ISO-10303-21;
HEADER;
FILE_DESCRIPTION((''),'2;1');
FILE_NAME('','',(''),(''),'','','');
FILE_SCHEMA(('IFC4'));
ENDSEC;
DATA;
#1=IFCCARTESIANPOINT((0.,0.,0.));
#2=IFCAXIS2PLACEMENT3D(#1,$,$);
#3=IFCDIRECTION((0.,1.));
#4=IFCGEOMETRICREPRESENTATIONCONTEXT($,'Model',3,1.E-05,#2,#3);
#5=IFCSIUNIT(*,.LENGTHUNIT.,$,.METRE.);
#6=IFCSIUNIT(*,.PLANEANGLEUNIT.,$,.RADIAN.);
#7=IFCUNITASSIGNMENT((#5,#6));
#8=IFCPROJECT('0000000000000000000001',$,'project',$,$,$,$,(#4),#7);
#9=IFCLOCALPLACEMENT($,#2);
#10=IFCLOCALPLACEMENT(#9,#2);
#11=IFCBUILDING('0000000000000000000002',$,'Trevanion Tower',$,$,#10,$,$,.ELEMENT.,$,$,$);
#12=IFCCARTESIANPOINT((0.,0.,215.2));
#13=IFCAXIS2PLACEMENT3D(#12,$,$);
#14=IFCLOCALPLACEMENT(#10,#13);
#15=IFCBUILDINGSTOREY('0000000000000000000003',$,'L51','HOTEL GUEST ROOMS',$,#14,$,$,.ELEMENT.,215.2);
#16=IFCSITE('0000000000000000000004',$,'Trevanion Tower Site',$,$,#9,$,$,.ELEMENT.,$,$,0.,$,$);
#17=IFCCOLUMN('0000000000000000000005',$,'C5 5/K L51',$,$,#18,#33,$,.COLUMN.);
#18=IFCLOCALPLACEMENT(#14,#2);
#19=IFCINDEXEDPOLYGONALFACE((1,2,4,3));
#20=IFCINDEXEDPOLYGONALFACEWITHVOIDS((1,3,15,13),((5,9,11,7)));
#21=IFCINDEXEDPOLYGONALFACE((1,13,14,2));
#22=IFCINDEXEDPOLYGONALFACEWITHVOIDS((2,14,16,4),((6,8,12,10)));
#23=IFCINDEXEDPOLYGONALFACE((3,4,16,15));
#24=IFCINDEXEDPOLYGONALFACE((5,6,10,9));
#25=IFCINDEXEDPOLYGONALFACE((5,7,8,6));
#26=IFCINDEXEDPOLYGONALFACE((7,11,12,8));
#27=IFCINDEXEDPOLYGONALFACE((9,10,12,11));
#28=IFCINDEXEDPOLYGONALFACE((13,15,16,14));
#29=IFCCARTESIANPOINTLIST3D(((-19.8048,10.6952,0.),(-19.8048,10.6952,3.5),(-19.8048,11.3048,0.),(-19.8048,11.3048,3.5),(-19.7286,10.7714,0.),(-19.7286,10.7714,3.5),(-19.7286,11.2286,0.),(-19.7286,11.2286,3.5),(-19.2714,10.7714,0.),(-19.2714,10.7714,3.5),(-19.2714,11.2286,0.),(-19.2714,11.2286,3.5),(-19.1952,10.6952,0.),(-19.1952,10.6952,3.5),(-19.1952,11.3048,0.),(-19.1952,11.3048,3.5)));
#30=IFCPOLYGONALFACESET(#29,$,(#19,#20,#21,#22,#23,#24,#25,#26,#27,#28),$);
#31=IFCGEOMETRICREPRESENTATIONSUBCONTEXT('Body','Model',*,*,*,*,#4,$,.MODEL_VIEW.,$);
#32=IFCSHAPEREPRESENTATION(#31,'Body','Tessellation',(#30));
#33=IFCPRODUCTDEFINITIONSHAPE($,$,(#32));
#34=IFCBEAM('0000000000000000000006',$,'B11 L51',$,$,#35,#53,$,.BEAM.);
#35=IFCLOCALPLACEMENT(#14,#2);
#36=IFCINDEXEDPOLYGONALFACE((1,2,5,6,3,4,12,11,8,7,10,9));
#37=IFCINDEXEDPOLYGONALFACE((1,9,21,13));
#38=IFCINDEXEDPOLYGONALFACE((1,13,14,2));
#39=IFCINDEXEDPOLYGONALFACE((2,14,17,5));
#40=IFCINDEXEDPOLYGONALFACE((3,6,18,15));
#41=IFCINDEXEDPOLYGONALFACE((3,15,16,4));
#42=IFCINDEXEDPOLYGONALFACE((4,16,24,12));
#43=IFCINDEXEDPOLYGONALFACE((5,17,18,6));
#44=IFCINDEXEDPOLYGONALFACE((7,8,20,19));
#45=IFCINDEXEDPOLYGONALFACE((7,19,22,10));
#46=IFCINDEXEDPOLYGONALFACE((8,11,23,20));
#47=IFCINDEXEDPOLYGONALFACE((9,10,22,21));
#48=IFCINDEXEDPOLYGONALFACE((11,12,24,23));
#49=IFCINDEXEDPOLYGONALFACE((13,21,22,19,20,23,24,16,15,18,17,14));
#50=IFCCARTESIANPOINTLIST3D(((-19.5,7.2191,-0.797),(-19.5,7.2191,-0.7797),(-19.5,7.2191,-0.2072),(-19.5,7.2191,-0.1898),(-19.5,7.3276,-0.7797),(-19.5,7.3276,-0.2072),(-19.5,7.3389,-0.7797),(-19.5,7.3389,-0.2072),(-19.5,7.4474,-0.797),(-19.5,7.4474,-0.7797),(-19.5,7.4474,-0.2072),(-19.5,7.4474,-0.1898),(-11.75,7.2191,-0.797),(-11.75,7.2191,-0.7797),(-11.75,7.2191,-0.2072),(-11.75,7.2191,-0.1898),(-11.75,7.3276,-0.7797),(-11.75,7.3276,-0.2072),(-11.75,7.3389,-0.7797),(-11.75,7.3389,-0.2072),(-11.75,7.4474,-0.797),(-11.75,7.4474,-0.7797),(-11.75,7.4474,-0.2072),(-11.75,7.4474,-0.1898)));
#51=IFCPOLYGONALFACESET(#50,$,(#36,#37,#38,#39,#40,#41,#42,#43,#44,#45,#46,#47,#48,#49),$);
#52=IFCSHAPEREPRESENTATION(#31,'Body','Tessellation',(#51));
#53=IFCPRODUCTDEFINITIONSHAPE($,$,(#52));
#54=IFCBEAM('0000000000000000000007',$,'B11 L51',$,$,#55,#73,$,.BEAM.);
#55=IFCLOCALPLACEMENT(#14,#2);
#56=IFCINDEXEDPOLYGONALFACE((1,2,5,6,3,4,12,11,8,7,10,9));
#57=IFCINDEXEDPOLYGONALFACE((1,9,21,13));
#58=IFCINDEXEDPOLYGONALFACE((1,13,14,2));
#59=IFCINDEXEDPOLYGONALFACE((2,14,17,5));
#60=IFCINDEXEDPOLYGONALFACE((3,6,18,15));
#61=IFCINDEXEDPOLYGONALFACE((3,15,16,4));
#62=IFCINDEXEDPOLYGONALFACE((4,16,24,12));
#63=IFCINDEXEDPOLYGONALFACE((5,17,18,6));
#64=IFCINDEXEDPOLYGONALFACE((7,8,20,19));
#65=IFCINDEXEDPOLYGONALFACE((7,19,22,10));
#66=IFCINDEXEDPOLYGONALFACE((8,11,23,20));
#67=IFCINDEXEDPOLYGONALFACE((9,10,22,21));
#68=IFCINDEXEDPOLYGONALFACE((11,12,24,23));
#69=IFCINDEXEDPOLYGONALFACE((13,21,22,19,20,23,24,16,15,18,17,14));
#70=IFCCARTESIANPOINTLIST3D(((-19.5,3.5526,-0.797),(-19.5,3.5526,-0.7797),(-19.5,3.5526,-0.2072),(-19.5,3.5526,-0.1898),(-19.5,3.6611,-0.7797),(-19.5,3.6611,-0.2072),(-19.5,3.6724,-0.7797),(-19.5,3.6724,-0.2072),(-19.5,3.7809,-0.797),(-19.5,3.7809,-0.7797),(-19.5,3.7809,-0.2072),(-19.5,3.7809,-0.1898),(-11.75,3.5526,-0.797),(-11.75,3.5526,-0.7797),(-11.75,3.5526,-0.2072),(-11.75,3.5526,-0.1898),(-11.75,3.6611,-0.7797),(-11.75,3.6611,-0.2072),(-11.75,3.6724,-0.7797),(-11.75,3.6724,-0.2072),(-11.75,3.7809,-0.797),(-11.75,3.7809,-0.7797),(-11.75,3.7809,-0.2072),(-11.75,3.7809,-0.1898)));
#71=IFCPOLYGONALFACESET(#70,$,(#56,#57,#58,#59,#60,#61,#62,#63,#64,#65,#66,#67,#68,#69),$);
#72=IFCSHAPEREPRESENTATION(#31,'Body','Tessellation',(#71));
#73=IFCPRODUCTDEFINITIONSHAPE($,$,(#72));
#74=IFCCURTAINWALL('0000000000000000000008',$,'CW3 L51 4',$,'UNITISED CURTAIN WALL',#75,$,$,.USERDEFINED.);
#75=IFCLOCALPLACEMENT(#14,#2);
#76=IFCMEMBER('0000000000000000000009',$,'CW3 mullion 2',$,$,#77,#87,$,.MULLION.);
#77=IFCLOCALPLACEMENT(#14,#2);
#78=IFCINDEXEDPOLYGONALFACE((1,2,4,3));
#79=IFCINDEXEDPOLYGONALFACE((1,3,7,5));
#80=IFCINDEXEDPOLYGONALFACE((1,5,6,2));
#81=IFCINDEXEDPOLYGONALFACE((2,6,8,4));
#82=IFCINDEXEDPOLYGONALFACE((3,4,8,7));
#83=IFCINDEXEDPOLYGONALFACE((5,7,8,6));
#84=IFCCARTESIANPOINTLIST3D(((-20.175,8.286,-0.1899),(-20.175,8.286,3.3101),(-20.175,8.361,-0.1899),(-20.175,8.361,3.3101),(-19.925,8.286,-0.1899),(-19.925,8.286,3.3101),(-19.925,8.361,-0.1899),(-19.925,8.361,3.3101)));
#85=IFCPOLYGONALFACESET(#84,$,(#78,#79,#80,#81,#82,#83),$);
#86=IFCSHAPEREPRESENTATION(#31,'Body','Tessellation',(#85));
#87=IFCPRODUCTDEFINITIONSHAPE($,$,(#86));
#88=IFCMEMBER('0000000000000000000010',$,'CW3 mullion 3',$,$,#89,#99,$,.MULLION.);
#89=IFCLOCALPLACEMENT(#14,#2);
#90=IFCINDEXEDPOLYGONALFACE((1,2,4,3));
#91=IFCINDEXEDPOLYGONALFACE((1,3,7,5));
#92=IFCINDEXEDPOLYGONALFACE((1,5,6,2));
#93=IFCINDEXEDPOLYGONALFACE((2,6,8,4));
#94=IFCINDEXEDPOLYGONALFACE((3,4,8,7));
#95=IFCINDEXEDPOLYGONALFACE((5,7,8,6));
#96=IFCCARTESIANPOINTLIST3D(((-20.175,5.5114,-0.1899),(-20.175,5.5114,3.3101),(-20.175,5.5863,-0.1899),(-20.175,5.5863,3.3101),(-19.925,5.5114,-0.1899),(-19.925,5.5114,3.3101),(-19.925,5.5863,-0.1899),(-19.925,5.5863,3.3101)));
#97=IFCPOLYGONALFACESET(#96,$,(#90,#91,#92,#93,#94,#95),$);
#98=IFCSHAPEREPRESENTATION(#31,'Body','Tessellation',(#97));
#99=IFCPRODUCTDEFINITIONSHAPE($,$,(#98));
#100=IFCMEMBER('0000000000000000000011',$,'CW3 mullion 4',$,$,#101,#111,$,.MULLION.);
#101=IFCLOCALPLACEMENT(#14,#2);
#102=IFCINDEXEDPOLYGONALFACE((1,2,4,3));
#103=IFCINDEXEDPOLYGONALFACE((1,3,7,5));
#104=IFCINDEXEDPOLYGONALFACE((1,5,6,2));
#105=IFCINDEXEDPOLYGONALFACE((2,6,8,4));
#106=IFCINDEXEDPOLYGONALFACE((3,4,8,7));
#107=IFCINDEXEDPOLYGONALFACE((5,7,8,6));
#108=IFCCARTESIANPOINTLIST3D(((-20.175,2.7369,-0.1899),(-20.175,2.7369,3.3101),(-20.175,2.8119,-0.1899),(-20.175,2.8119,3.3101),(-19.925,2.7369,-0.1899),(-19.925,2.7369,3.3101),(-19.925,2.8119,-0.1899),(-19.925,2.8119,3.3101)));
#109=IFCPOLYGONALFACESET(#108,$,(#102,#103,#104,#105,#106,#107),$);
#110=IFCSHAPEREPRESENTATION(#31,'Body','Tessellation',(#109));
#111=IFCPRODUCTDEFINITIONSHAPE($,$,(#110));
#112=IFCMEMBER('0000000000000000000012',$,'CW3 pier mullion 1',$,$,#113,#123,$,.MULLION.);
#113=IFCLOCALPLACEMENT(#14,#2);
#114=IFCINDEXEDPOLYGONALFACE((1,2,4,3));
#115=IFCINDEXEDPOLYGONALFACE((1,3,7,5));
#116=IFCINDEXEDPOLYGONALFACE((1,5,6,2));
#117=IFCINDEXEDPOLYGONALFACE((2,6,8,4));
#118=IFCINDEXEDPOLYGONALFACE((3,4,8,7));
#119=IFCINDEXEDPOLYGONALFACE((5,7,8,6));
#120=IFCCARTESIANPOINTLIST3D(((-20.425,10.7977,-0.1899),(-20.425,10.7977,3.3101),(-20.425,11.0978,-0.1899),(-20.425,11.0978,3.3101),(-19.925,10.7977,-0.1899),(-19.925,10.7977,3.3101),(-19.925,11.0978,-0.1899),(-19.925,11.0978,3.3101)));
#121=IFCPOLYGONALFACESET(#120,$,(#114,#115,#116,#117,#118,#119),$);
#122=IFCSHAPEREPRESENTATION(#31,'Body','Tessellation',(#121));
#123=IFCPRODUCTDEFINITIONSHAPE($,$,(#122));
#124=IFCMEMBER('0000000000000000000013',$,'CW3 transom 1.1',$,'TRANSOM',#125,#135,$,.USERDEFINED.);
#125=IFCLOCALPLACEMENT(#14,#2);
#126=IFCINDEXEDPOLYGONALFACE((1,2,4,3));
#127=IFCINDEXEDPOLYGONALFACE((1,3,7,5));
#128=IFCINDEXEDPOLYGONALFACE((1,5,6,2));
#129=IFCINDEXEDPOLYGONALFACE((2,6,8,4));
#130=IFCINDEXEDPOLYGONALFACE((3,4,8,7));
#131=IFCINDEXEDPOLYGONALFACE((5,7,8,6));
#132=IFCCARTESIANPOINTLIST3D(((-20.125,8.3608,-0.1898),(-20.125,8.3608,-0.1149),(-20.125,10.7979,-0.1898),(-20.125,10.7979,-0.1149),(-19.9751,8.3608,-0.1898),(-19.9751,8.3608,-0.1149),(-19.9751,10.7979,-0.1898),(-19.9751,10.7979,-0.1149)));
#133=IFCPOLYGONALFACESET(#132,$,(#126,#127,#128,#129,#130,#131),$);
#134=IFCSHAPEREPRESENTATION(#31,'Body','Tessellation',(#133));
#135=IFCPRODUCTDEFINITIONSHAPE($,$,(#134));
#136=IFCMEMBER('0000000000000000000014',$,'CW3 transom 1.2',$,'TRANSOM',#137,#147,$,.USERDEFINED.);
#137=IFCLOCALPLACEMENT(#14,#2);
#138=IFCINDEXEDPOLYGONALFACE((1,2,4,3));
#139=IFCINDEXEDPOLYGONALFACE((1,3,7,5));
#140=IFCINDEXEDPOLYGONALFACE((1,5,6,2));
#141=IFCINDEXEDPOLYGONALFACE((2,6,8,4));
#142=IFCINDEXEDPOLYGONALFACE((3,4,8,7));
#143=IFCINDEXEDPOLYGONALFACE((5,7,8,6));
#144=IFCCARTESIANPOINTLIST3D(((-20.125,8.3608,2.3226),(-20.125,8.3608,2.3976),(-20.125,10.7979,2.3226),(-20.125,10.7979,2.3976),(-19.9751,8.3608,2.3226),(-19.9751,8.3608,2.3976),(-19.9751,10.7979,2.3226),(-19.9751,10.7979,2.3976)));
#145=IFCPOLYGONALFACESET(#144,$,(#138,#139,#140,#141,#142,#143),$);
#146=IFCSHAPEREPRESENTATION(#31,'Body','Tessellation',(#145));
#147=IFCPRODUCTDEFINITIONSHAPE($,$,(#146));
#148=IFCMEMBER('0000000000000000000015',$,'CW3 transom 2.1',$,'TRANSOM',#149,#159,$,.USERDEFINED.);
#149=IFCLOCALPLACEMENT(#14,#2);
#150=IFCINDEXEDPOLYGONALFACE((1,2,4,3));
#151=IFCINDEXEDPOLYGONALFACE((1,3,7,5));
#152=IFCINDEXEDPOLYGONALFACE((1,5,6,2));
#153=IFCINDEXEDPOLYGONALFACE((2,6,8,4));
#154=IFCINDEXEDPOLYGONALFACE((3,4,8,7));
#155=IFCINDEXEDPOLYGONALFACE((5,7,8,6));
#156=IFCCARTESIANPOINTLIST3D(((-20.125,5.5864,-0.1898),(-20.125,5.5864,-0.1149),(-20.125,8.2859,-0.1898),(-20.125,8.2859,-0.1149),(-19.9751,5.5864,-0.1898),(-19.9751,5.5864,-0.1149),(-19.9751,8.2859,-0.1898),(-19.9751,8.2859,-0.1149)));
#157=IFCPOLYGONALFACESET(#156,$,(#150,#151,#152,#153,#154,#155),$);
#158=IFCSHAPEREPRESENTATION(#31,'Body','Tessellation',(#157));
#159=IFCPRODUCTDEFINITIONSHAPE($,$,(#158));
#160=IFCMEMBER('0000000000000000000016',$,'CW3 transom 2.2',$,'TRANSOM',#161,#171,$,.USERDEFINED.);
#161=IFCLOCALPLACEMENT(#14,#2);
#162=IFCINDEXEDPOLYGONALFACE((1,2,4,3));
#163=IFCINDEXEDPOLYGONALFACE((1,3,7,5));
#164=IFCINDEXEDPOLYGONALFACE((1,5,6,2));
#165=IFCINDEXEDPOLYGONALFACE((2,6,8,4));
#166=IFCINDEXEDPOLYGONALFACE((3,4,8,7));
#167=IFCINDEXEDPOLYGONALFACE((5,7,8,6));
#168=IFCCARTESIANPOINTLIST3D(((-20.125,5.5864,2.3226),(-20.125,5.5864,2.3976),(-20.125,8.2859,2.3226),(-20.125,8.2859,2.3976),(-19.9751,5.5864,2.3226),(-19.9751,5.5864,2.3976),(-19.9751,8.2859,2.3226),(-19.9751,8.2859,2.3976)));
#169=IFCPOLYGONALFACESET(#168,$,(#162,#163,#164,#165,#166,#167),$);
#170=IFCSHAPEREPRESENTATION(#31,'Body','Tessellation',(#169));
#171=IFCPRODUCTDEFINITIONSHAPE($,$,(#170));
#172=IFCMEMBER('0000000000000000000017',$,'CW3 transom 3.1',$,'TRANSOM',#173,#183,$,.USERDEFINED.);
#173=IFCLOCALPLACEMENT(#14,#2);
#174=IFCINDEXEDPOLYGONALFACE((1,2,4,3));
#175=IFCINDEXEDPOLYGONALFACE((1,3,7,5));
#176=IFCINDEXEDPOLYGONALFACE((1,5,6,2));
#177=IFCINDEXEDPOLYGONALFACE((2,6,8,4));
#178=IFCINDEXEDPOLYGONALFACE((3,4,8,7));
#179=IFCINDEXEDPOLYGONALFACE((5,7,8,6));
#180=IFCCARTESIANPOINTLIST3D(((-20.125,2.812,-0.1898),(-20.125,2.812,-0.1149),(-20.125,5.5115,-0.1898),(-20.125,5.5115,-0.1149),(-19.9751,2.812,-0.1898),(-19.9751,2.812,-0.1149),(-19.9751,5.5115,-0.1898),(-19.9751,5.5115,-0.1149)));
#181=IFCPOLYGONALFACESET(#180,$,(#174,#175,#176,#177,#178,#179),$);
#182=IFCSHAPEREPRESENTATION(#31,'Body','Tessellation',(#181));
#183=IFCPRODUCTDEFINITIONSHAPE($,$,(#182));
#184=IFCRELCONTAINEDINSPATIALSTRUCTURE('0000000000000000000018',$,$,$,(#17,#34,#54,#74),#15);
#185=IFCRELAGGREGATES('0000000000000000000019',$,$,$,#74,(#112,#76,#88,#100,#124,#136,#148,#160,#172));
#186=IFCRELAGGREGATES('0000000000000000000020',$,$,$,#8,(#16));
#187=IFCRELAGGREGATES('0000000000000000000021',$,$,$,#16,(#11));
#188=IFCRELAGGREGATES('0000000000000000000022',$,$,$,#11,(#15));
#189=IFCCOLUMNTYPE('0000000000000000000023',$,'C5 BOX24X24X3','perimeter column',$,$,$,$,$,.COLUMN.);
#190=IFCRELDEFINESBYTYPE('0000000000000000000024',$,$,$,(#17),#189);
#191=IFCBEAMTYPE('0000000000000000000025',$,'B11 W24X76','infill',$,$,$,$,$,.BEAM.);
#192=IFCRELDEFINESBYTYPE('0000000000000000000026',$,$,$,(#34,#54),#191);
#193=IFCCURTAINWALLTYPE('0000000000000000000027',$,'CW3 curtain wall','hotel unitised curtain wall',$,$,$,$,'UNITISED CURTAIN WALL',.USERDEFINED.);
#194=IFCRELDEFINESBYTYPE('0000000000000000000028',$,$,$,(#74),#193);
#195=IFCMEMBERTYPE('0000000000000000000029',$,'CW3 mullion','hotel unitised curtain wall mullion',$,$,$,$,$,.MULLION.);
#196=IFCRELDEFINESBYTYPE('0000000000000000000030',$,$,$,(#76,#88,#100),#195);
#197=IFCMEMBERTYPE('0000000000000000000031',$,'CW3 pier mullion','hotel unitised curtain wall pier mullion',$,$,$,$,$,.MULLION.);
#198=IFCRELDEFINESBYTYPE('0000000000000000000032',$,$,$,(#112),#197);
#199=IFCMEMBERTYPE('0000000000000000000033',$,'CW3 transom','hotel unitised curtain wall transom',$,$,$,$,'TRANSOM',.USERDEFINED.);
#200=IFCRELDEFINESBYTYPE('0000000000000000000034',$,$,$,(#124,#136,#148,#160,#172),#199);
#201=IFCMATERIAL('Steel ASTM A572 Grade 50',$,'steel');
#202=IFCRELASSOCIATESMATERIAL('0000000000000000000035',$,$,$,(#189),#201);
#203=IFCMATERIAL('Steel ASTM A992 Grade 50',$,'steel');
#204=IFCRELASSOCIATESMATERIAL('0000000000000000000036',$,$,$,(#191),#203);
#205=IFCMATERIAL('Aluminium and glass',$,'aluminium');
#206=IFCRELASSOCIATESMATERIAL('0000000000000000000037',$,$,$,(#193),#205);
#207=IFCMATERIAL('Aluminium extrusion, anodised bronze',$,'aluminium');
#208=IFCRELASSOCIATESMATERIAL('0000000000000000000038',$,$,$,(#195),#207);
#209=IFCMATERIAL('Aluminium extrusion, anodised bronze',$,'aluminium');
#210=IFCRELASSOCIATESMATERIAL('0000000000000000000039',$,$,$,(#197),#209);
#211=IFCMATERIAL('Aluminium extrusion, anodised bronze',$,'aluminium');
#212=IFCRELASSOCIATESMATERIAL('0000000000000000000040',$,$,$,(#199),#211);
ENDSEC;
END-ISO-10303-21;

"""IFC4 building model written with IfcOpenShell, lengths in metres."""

from ifc_helpers import new_model, si_unit, direction, frame, origin, origin_2d, place, context, subcontext, project, spatial, rectangle, hollow_rectangle, i_section, extrude, material, material_profile, profile_set, type_object, element, aggregate, save


model = new_model("IFC4")

# Units and contexts
model_context = context("Model", 3, precision=1e-05, world=origin(), true_north=direction((0.0, 1.0)))
body_context = subcontext(model_context, "Body", "Model", "MODEL_VIEW")
ifc_project = project(units=[si_unit("LENGTHUNIT", "METRE"), si_unit("PLANEANGLEUNIT", "RADIAN")], contexts=[model_context])

# Site, building, storey
site_placement = place(None, origin())
site = spatial("IfcSite", under=ifc_project, at=site_placement, Name="Trevanion Tower Site", CompositionType="ELEMENT", RefElevation=0.0)
building_placement = place(site_placement, origin())
building = spatial("IfcBuilding", under=site, at=building_placement, Name="Trevanion Tower", CompositionType="ELEMENT")
storey_placement = place(building_placement, frame((0.0, 0.0, 215.2)))
storey = spatial("IfcBuildingStorey", under=building, at=storey_placement, Name="L51", Description="HOTEL GUEST ROOMS", CompositionType="ELEMENT", Elevation=215.2)

# Column
ifc_material_1 = material(Name="Steel ASTM A572 Grade 50", Category="steel")
ifc_material_profile_1 = material_profile(ifc_material_1, hollow_rectangle(XDim=0.6096, YDim=0.6096, WallThickness=0.0762, at=origin_2d()), Name="BOX24X24X3")
ifc_profile_set_1 = profile_set([ifc_material_profile_1], Name="Steel ASTM A572 Grade 50")
column_type = type_object("IfcColumnType", Name="C5 BOX24X24X3", Description="perimeter column", PredefinedType="COLUMN", material=ifc_profile_set_1)
column_placement = place(storey_placement, frame((-19.5, 11.0, 0.0), z_axis=(0.0, 0.0, 1.0), x_axis=(0.0, 1.0, 0.0)))
element("IfcColumn", 1, at=column_placement, inside=storey, type_object=column_type, Name="C5 5/K L51", PredefinedType="COLUMN", context=body_context, shape_type="SweptSolid", body=[
    extrude(hollow_rectangle(XDim=0.6096, YDim=0.6096, WallThickness=0.0762, at=origin_2d()), origin(), (0.0, 0.0, 1.0), 3.5),
])

# Beams
ifc_material_2 = material(Name="Steel ASTM A992 Grade 50", Category="steel")
ifc_material_profile_2 = material_profile(ifc_material_2, i_section(OverallWidth=0.2283, OverallDepth=0.6072, WebThickness=0.0112, FlangeThickness=0.0173, at=origin_2d()), Name="W24X76")
ifc_profile_set_2 = profile_set([ifc_material_profile_2], Name="Steel ASTM A992 Grade 50")
beam_type_1 = type_object("IfcBeamType", Name="B11 W24X76", Description="infill", PredefinedType="BEAM", material=ifc_profile_set_2)
for number, where, z_axis, x_axis, name in (
    (2, (-11.75, 7.3333, -0.4934), (-1.0, 0.0, 0.0), (0.0, -1.0, 0.0), "B11 L51"),
    (3, (-11.75, 3.6667, -0.4934), (-1.0, 0.0, 0.0), (0.0, -1.0, 0.0), "B11 L51"),
):
    element("IfcBeam", number, at=place(storey_placement, frame(where, z_axis=z_axis, x_axis=x_axis)), inside=storey, type_object=beam_type_1, Name=name, PredefinedType="BEAM", context=body_context, shape_type="SweptSolid", body=[
        extrude(i_section(OverallWidth=0.2283, OverallDepth=0.6072, WebThickness=0.0112, FlangeThickness=0.0173, at=origin_2d()), origin(), (0.0, 0.0, 1.0), 7.75),
    ])

# Curtain wall, members
ifc_material_3 = material(Name="Aluminium and glass", Category="aluminium")
curtain_wall_type = type_object("IfcCurtainWallType", Name="CW3 curtain wall", Description="hotel unitised curtain wall", ElementType="UNITISED CURTAIN WALL", PredefinedType="USERDEFINED", material=ifc_material_3)
curtain_wall_placement = place(storey_placement, origin())
curtain_wall = element("IfcCurtainWall", 4, at=curtain_wall_placement, inside=storey, type_object=curtain_wall_type, Name="CW3 L51 4", ObjectType="UNITISED CURTAIN WALL", PredefinedType="USERDEFINED")
ifc_material_4 = material(Name="Aluminium extrusion, anodised bronze", Category="aluminium")
ifc_material_profile_3 = material_profile(ifc_material_4, rectangle(XDim=0.075, YDim=0.25, at=origin_2d()), Name="CW3 mullion")
ifc_profile_set_3 = profile_set([ifc_material_profile_3], Name="Aluminium extrusion, anodised bronze")
member_type_1 = type_object("IfcMemberType", Name="CW3 mullion", Description="hotel unitised curtain wall mullion", PredefinedType="MULLION", material=ifc_profile_set_3)
member_1_placement = place(storey_placement, frame((-20.05, 8.3235, -0.1899), z_axis=(0.0, 0.0, 1.0), x_axis=(0.0, -1.0, 0.0)))
member_1 = element("IfcMember", 5, at=member_1_placement, type_object=member_type_1, Name="CW3 mullion 2", PredefinedType="MULLION", context=body_context, shape_type="SweptSolid", body=[
    extrude(rectangle(XDim=0.075, YDim=0.25, at=origin_2d()), origin(), (0.0, 0.0, 1.0), 3.5),
])
member_2_placement = place(storey_placement, frame((-20.05, 5.5488, -0.1899), z_axis=(0.0, 0.0, 1.0), x_axis=(0.0, -1.0, 0.0)))
member_2 = element("IfcMember", 6, at=member_2_placement, type_object=member_type_1, Name="CW3 mullion 3", PredefinedType="MULLION", context=body_context, shape_type="SweptSolid", body=[
    extrude(rectangle(XDim=0.075, YDim=0.25, at=origin_2d()), origin(), (0.0, 0.0, 1.0), 3.5),
])
member_3_placement = place(storey_placement, frame((-20.05, 2.7744, -0.1899), z_axis=(0.0, 0.0, 1.0), x_axis=(0.0, -1.0, 0.0)))
member_3 = element("IfcMember", 7, at=member_3_placement, type_object=member_type_1, Name="CW3 mullion 4", PredefinedType="MULLION", context=body_context, shape_type="SweptSolid", body=[
    extrude(rectangle(XDim=0.075, YDim=0.25, at=origin_2d()), origin(), (0.0, 0.0, 1.0), 3.5),
])
ifc_material_5 = material(Name="Aluminium extrusion, anodised bronze", Category="aluminium")
ifc_material_profile_4 = material_profile(ifc_material_5, rectangle(XDim=0.3, YDim=0.5, at=origin_2d()), Name="CW3 pier mullion")
ifc_profile_set_4 = profile_set([ifc_material_profile_4], Name="Aluminium extrusion, anodised bronze")
member_type_2 = type_object("IfcMemberType", Name="CW3 pier mullion", Description="hotel unitised curtain wall pier mullion", PredefinedType="MULLION", material=ifc_profile_set_4)
member_4_placement = place(storey_placement, frame((-20.175, 10.9478, -0.1899), z_axis=(0.0, 0.0, 1.0), x_axis=(0.0, -1.0, 0.0)))
member_4 = element("IfcMember", 8, at=member_4_placement, type_object=member_type_2, Name="CW3 pier mullion 1", PredefinedType="MULLION", context=body_context, shape_type="SweptSolid", body=[
    extrude(rectangle(XDim=0.3, YDim=0.5, at=origin_2d()), origin(), (0.0, 0.0, 1.0), 3.5),
])
ifc_material_6 = material(Name="Aluminium extrusion, anodised bronze", Category="aluminium")
ifc_material_profile_5 = material_profile(ifc_material_6, rectangle(XDim=0.1499, YDim=0.075, at=origin_2d()), Name="CW3 transom")
ifc_profile_set_5 = profile_set([ifc_material_profile_5], Name="Aluminium extrusion, anodised bronze")
member_type_3 = type_object("IfcMemberType", Name="CW3 transom", Description="hotel unitised curtain wall transom", ElementType="TRANSOM", PredefinedType="USERDEFINED", material=ifc_profile_set_5)
member_5_placement = place(storey_placement, frame((-20.05, 10.7979, -0.1523), z_axis=(0.0, -1.0, 0.0), x_axis=(1.0, 0.0, 0.0)))
member_5 = element("IfcMember", 9, at=member_5_placement, type_object=member_type_3, Name="CW3 transom 1.1", ObjectType="TRANSOM", PredefinedType="USERDEFINED", context=body_context, shape_type="SweptSolid", body=[
    extrude(rectangle(XDim=0.1499, YDim=0.075, at=origin_2d()), origin(), (0.0, 0.0, 1.0), 2.437),
])
member_6_placement = place(storey_placement, frame((-20.05, 10.7979, 2.3601), z_axis=(0.0, -1.0, 0.0), x_axis=(1.0, 0.0, 0.0)))
member_6 = element("IfcMember", 10, at=member_6_placement, type_object=member_type_3, Name="CW3 transom 1.2", ObjectType="TRANSOM", PredefinedType="USERDEFINED", context=body_context, shape_type="SweptSolid", body=[
    extrude(rectangle(XDim=0.1499, YDim=0.075, at=origin_2d()), origin(), (0.0, 0.0, 1.0), 2.437),
])
member_7_placement = place(storey_placement, frame((-20.05, 8.2859, -0.1523), z_axis=(0.0, -1.0, 0.0), x_axis=(1.0, 0.0, 0.0)))
member_7 = element("IfcMember", 11, at=member_7_placement, type_object=member_type_3, Name="CW3 transom 2.1", ObjectType="TRANSOM", PredefinedType="USERDEFINED", context=body_context, shape_type="SweptSolid", body=[
    extrude(rectangle(XDim=0.1499, YDim=0.075, at=origin_2d()), origin(), (0.0, 0.0, 1.0), 2.6995),
])
member_8_placement = place(storey_placement, frame((-20.05, 8.2859, 2.3601), z_axis=(0.0, -1.0, 0.0), x_axis=(1.0, 0.0, 0.0)))
member_8 = element("IfcMember", 12, at=member_8_placement, type_object=member_type_3, Name="CW3 transom 2.2", ObjectType="TRANSOM", PredefinedType="USERDEFINED", context=body_context, shape_type="SweptSolid", body=[
    extrude(rectangle(XDim=0.1499, YDim=0.075, at=origin_2d()), origin(), (0.0, 0.0, 1.0), 2.6995),
])
member_9_placement = place(storey_placement, frame((-20.05, 5.5115, -0.1523), z_axis=(0.0, -1.0, 0.0), x_axis=(1.0, 0.0, 0.0)))
member_9 = element("IfcMember", 13, at=member_9_placement, type_object=member_type_3, Name="CW3 transom 3.1", ObjectType="TRANSOM", PredefinedType="USERDEFINED", context=body_context, shape_type="SweptSolid", body=[
    extrude(rectangle(XDim=0.1499, YDim=0.075, at=origin_2d()), origin(), (0.0, 0.0, 1.0), 2.6995),
])

aggregate(curtain_wall, [member_4, member_1, member_2, member_3, member_5, member_6, member_7, member_8, member_9])

save(model, "model.ifc")
